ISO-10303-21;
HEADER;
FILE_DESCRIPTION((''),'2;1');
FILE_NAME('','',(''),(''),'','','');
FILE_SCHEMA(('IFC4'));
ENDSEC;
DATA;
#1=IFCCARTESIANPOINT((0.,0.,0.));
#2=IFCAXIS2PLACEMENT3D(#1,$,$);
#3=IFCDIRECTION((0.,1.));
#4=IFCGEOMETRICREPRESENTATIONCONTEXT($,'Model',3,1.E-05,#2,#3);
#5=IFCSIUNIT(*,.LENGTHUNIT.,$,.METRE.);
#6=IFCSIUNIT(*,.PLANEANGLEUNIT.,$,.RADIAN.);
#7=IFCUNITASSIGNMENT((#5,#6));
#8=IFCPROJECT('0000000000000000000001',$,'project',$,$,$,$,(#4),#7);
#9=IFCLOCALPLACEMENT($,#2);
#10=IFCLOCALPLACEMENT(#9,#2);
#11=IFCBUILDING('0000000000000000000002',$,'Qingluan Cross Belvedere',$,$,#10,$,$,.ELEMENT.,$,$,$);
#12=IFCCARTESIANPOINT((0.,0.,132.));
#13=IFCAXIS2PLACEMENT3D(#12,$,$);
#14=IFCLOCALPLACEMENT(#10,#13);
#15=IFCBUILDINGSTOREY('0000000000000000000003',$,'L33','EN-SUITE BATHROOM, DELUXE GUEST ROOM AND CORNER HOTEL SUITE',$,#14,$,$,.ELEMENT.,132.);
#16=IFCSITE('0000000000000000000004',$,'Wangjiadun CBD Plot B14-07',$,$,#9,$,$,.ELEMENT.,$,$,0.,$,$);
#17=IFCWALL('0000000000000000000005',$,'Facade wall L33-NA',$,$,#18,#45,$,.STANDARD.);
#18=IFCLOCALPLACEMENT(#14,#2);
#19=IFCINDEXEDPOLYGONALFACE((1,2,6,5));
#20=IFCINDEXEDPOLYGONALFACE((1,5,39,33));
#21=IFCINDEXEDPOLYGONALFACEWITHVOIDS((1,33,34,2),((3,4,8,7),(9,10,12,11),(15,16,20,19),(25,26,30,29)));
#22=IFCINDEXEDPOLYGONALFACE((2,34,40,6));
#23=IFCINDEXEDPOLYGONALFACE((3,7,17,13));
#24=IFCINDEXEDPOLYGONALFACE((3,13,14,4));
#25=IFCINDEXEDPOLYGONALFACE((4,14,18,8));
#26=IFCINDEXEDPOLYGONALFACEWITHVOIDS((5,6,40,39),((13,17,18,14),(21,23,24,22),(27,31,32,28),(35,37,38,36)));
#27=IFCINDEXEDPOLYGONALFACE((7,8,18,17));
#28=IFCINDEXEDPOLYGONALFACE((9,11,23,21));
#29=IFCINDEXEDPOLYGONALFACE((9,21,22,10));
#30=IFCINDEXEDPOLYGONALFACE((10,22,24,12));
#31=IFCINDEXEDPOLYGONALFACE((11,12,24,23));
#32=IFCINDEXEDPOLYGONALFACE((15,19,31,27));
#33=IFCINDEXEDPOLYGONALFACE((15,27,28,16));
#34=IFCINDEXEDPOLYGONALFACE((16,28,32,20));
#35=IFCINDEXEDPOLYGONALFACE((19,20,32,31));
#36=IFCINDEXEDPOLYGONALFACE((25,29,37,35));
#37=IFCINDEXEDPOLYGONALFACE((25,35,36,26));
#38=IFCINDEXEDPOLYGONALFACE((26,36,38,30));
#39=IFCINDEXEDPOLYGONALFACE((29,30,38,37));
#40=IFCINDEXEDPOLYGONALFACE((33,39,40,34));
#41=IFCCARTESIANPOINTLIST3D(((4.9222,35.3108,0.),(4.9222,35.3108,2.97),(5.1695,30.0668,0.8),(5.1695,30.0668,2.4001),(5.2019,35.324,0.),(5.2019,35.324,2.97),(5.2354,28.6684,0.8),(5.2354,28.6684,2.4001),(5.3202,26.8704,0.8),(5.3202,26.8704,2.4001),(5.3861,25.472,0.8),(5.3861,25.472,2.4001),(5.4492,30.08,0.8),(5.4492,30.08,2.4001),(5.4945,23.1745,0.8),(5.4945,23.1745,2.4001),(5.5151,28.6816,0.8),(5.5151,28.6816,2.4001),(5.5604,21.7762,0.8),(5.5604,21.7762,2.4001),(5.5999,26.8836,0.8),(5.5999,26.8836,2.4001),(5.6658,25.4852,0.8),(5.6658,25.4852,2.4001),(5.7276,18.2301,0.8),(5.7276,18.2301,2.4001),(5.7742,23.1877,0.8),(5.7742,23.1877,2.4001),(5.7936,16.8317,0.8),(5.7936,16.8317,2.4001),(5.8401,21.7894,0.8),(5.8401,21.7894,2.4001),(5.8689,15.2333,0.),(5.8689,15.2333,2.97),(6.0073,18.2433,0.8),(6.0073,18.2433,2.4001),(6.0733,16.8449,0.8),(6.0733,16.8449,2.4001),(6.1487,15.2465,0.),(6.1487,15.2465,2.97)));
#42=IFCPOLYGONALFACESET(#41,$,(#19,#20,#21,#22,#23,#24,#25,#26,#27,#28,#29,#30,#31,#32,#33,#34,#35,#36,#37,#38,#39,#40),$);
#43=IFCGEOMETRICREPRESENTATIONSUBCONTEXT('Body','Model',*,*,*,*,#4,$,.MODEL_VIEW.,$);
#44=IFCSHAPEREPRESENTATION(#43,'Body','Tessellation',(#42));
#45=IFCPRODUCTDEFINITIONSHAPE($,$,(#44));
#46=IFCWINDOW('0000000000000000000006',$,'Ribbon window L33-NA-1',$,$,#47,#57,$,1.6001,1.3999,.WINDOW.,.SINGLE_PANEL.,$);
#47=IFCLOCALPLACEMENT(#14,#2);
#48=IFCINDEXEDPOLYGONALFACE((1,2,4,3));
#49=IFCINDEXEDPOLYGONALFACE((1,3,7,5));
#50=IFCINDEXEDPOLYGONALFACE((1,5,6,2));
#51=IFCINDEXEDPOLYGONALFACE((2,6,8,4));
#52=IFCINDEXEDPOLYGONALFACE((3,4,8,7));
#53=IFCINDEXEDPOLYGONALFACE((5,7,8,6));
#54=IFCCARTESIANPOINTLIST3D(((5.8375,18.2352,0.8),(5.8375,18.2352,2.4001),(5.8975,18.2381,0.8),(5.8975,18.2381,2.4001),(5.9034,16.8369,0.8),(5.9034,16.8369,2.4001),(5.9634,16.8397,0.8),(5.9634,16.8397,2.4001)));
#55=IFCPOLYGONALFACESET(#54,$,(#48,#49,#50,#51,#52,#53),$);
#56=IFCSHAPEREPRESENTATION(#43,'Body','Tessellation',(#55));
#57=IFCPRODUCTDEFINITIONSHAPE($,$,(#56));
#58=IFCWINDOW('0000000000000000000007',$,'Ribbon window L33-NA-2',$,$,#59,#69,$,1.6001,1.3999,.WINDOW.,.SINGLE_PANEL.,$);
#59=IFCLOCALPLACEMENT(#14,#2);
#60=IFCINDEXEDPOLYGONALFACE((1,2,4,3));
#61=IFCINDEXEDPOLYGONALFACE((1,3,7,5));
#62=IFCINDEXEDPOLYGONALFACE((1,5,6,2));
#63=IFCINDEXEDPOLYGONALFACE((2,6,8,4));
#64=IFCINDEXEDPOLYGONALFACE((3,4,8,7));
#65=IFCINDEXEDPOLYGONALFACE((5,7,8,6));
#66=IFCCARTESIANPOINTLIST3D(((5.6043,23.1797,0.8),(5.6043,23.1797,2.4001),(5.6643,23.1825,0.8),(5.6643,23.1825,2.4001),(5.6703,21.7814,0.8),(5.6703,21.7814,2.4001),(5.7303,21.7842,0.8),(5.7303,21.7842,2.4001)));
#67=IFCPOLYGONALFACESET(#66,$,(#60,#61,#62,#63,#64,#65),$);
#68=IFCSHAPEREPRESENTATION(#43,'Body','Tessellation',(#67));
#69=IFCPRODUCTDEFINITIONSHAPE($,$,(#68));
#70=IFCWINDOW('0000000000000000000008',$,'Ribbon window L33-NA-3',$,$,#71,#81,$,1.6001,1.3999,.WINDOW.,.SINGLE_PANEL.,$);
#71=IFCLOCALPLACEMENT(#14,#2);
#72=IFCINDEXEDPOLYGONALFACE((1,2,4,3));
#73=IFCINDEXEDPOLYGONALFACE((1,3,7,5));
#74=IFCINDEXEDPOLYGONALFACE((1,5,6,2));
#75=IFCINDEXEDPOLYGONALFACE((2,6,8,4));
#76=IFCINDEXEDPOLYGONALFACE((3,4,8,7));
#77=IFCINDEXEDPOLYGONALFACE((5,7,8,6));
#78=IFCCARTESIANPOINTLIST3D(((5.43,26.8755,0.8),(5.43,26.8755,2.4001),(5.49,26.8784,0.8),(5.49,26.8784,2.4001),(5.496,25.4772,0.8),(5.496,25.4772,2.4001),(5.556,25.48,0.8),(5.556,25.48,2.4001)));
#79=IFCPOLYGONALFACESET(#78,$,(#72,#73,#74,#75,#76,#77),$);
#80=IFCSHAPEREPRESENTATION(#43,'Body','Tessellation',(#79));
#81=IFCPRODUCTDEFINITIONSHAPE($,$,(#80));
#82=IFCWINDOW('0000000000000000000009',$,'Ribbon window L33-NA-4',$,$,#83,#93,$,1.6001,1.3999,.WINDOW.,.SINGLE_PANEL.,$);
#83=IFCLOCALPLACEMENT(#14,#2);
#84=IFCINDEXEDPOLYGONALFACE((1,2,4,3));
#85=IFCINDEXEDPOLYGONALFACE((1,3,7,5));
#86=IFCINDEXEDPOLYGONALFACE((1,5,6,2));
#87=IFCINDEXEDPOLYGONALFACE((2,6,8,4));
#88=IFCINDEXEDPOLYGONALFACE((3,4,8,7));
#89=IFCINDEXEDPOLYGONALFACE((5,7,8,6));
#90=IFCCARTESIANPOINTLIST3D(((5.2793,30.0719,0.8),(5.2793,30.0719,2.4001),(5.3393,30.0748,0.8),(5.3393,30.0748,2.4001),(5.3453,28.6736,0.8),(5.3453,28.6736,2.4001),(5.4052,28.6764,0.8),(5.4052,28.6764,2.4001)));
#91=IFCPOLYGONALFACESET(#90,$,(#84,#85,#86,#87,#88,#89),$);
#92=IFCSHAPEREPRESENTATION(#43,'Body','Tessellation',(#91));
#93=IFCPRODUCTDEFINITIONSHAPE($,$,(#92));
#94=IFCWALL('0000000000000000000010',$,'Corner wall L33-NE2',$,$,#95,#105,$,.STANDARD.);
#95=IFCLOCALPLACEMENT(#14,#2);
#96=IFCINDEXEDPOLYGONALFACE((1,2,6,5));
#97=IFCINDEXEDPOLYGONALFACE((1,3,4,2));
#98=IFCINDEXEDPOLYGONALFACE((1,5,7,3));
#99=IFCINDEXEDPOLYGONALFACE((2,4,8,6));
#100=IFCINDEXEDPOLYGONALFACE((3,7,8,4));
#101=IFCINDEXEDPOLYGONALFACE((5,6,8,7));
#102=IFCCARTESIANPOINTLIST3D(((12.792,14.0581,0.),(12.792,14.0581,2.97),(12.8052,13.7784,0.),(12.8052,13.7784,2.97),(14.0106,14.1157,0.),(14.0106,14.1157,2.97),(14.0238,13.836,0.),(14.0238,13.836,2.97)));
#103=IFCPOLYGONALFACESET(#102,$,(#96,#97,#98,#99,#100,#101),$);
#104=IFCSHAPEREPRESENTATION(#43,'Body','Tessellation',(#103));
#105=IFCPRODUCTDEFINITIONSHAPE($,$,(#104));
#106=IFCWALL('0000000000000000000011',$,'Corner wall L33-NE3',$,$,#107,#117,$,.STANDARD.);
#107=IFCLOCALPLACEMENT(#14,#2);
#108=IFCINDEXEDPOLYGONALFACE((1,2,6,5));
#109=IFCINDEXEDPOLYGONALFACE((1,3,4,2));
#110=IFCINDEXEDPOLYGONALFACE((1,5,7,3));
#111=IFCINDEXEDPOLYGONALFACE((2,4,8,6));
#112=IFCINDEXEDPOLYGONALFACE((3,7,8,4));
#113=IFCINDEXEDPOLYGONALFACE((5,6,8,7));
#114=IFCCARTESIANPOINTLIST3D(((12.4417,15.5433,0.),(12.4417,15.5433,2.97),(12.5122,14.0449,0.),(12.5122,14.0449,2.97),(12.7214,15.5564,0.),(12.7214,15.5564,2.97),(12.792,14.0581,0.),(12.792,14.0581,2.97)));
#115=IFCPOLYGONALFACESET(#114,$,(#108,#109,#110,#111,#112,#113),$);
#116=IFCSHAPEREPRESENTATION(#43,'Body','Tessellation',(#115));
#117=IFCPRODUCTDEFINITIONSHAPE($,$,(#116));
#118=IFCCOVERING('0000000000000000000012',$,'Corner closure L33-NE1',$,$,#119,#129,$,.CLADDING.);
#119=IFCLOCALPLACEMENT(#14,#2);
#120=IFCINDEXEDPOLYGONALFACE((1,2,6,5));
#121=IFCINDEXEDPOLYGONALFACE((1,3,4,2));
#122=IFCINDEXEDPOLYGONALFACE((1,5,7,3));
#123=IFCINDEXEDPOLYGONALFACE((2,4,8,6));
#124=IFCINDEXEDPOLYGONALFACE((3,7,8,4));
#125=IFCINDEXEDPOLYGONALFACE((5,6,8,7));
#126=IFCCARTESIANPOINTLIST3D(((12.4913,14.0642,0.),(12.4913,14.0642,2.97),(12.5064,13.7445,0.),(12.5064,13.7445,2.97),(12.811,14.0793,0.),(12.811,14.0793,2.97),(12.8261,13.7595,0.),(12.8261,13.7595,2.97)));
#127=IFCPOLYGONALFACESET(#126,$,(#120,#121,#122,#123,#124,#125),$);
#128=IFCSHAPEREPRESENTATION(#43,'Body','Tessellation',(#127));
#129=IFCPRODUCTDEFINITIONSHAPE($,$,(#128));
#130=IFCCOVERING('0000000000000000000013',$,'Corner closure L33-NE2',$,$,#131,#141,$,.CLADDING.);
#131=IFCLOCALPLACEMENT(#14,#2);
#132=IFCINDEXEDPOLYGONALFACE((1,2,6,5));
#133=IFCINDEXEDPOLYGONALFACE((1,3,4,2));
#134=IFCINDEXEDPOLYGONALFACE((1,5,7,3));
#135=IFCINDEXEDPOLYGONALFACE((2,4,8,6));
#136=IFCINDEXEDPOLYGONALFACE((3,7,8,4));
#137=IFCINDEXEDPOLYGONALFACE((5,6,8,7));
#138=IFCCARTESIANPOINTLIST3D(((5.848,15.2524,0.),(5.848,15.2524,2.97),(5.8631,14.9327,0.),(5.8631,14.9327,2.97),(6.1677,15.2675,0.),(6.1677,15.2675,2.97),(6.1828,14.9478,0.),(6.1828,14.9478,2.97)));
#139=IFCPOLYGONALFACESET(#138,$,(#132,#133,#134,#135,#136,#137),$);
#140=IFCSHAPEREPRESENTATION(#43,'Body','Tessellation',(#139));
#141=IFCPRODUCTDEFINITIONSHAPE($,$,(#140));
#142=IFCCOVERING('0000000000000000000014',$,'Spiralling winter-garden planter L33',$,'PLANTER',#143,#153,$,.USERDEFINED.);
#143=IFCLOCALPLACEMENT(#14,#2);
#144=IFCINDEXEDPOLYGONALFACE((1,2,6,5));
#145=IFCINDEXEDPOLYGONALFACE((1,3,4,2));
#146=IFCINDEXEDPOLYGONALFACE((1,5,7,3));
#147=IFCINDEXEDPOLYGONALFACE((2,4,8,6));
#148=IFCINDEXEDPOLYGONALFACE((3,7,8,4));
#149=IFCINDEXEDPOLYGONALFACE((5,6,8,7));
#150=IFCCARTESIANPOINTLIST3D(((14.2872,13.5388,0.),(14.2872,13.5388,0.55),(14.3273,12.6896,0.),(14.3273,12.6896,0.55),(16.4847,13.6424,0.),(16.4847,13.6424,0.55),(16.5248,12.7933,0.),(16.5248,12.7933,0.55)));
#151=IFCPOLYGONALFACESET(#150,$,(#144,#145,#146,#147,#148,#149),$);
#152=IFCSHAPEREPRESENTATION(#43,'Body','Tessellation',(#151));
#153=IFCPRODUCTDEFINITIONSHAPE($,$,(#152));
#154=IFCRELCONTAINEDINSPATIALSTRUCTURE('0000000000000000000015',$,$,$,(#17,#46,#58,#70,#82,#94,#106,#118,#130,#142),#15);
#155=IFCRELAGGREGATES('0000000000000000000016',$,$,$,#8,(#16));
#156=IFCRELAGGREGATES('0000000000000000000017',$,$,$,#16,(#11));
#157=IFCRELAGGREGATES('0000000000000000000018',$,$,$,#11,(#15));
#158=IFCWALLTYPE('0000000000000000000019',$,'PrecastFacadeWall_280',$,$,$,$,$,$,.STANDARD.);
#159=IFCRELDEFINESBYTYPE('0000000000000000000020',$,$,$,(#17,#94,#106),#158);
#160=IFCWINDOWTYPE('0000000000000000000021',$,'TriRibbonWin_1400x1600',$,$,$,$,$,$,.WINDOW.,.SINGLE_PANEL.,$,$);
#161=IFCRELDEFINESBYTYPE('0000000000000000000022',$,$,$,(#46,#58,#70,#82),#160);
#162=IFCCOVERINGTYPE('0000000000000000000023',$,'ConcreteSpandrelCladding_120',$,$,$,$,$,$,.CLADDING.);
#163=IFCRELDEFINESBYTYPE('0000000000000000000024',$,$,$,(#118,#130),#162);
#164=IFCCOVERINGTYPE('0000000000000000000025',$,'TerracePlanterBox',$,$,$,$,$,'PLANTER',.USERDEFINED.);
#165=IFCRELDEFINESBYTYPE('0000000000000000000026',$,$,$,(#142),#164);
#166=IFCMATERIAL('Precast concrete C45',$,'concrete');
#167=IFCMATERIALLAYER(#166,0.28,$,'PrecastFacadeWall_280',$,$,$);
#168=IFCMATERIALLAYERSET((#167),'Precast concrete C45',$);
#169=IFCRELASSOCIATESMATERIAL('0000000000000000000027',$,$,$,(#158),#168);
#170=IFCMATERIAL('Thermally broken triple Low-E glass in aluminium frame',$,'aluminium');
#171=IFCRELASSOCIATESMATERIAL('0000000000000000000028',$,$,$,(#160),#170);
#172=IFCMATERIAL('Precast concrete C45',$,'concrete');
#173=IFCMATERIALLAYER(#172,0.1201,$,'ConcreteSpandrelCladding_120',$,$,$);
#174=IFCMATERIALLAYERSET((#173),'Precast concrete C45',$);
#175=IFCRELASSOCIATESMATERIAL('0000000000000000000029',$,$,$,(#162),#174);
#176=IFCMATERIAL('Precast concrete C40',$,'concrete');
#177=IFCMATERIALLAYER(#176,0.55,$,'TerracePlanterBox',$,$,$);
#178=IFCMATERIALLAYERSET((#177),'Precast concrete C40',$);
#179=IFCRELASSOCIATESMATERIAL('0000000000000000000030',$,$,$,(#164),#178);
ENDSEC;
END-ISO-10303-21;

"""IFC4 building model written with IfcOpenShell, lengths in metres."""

from ifc_helpers import new_model, si_unit, direction, frame, frame_2d, origin, origin_2d, place, context, subcontext, project, spatial, rectangle, extrude, material, layer, layer_set, type_object, element, fill, save


model = new_model("IFC4")

# Units and contexts
model_context = context("Model", 3, precision=1e-05, world=origin(), true_north=direction((0.0, 1.0)))
body_context = subcontext(model_context, "Body", "Model", "MODEL_VIEW")
ifc_project = project(units=[si_unit("LENGTHUNIT", "METRE"), si_unit("PLANEANGLEUNIT", "RADIAN")], contexts=[model_context])

# Site, building, storey
site_placement = place(None, origin())
site = spatial("IfcSite", under=ifc_project, at=site_placement, Name="Wangjiadun CBD Plot B14-07", CompositionType="ELEMENT", RefElevation=0.0)
building_placement = place(site_placement, origin())
building = spatial("IfcBuilding", under=site, at=building_placement, Name="Qingluan Cross Belvedere", CompositionType="ELEMENT")
storey_placement = place(building_placement, frame((0.0, 0.0, 132.0)))
storey = spatial("IfcBuildingStorey", under=building, at=storey_placement, Name="L33", Description="EN-SUITE BATHROOM, DELUXE GUEST ROOM AND CORNER HOTEL SUITE", CompositionType="ELEMENT", Elevation=132.0)

# Wall, openings, windows
ifc_material_1 = material(Name="Precast concrete C45", Category="concrete")
ifc_layer_1 = layer(ifc_material_1, 0.28, Name="PrecastFacadeWall_280")
ifc_layer_set_1 = layer_set([ifc_layer_1], Name="Precast concrete C45")
wall_type_1 = type_object("IfcWallType", Name="PrecastFacadeWall_280", PredefinedType="STANDARD", material=ifc_layer_set_1)
wall_1_placement = place(storey_placement, frame((6.0088, 15.24, 0.0), z_axis=(0.0, 0.0, 1.0), x_axis=(-0.047103, 0.99889, 0.0)))
wall_1 = element("IfcWall", 1, at=wall_1_placement, inside=storey, type_object=wall_type_1, Name="Facade wall L33-NA", PredefinedType="STANDARD", context=body_context, shape_type="SweptSolid", body=[
    extrude(rectangle(XDim=20.0999, YDim=0.28, at=frame_2d((10.0498, 0.0))), origin(), (0.0, 0.0, 1.0), 2.97),
])
opening_1_placement = place(wall_1_placement, frame((1.6001, 0.0, 0.8)))
opening_1 = element("IfcOpeningElement", 2, at=opening_1_placement, cuts=wall_1, PredefinedType="OPENING", context=body_context, shape_type="SweptSolid", body=[
    extrude(rectangle(XDim=1.3999, YDim=1.6001, at=frame_2d((0.7, 0.8))), frame((0.0, 0.1499, 0.0), z_axis=(0.0, -1.0, 0.0), x_axis=(1.0, 0.0, 0.0)), (0.0, 0.0, 1.0), 0.3),
])
opening_2_placement = place(wall_1_placement, frame((6.55, 0.0, 0.8)))
opening_2 = element("IfcOpeningElement", 3, at=opening_2_placement, cuts=wall_1, PredefinedType="OPENING", context=body_context, shape_type="SweptSolid", body=[
    extrude(rectangle(XDim=1.3999, YDim=1.6001, at=frame_2d((0.7, 0.8))), frame((0.0, 0.1499, 0.0), z_axis=(0.0, -1.0, 0.0), x_axis=(1.0, 0.0, 0.0)), (0.0, 0.0, 1.0), 0.3),
])
opening_3_placement = place(wall_1_placement, frame((10.25, 0.0, 0.8)))
opening_3 = element("IfcOpeningElement", 4, at=opening_3_placement, cuts=wall_1, PredefinedType="OPENING", context=body_context, shape_type="SweptSolid", body=[
    extrude(rectangle(XDim=1.3999, YDim=1.6001, at=frame_2d((0.7, 0.8))), frame((0.0, 0.1499, 0.0), z_axis=(0.0, -1.0, 0.0), x_axis=(1.0, 0.0, 0.0)), (0.0, 0.0, 1.0), 0.3),
])
opening_4_placement = place(wall_1_placement, frame((13.45, 0.0, 0.8)))
opening_4 = element("IfcOpeningElement", 5, at=opening_4_placement, cuts=wall_1, PredefinedType="OPENING", context=body_context, shape_type="SweptSolid", body=[
    extrude(rectangle(XDim=1.3999, YDim=1.6001, at=frame_2d((0.7, 0.8))), frame((0.0, 0.1499, 0.0), z_axis=(0.0, -1.0, 0.0), x_axis=(1.0, 0.0, 0.0)), (0.0, 0.0, 1.0), 0.3),
])
ifc_material_2 = material(Name="Thermally broken triple Low-E glass in aluminium frame", Category="aluminium")
window_type = type_object("IfcWindowType", Name="TriRibbonWin_1400x1600", PartitioningType="SINGLE_PANEL", PredefinedType="WINDOW", material=ifc_material_2)
window_1_placement = place(opening_1_placement, origin())
window_1 = element("IfcWindow", 6, at=window_1_placement, inside=storey, type_object=window_type, Name="Ribbon window L33-NA-1", OverallHeight=1.6001, OverallWidth=1.3999, PartitioningType="SINGLE_PANEL", PredefinedType="WINDOW", context=body_context, shape_type="SweptSolid", body=[
    extrude(rectangle(XDim=1.3999, YDim=1.6001, at=frame_2d((0.7, 0.8))), frame((0.0, 0.03, 0.0), z_axis=(0.0, -1.0, 0.0), x_axis=(1.0, 0.0, 0.0)), (0.0, 0.0, 1.0), 0.0601),
])
fill(opening_1, window_1)
window_2_placement = place(opening_2_placement, origin())
window_2 = element("IfcWindow", 7, at=window_2_placement, inside=storey, type_object=window_type, Name="Ribbon window L33-NA-2", OverallHeight=1.6001, OverallWidth=1.3999, PartitioningType="SINGLE_PANEL", PredefinedType="WINDOW", context=body_context, shape_type="SweptSolid", body=[
    extrude(rectangle(XDim=1.3999, YDim=1.6001, at=frame_2d((0.7, 0.8))), frame((0.0, 0.03, 0.0), z_axis=(0.0, -1.0, 0.0), x_axis=(1.0, 0.0, 0.0)), (0.0, 0.0, 1.0), 0.0601),
])
fill(opening_2, window_2)
window_3_placement = place(opening_3_placement, origin())
window_3 = element("IfcWindow", 8, at=window_3_placement, inside=storey, type_object=window_type, Name="Ribbon window L33-NA-3", OverallHeight=1.6001, OverallWidth=1.3999, PartitioningType="SINGLE_PANEL", PredefinedType="WINDOW", context=body_context, shape_type="SweptSolid", body=[
    extrude(rectangle(XDim=1.3999, YDim=1.6001, at=frame_2d((0.7, 0.8))), frame((0.0, 0.03, 0.0), z_axis=(0.0, -1.0, 0.0), x_axis=(1.0, 0.0, 0.0)), (0.0, 0.0, 1.0), 0.0601),
])
fill(opening_3, window_3)
window_4_placement = place(opening_4_placement, origin())
window_4 = element("IfcWindow", 9, at=window_4_placement, inside=storey, type_object=window_type, Name="Ribbon window L33-NA-4", OverallHeight=1.6001, OverallWidth=1.3999, PartitioningType="SINGLE_PANEL", PredefinedType="WINDOW", context=body_context, shape_type="SweptSolid", body=[
    extrude(rectangle(XDim=1.3999, YDim=1.6001, at=frame_2d((0.7, 0.8))), frame((0.0, 0.03, 0.0), z_axis=(0.0, -1.0, 0.0), x_axis=(1.0, 0.0, 0.0)), (0.0, 0.0, 1.0), 0.0601),
])
fill(opening_4, window_4)

# Walls
wall_2_placement = place(storey_placement, frame((14.0171, 13.9758, 0.0), z_axis=(0.0, 0.0, 1.0), x_axis=(-0.998884, -0.047232, 0.0)))
element("IfcWall", 10, at=wall_2_placement, inside=storey, type_object=wall_type_1, Name="Corner wall L33-NE2", PredefinedType="STANDARD", context=body_context, shape_type="SweptSolid", body=[
    extrude(rectangle(XDim=1.22, YDim=0.28, at=frame_2d((0.6099, 0.0))), origin(), (0.0, 0.0, 1.0), 2.97),
])
wall_3_placement = place(storey_placement, frame((12.6521, 14.0515, 0.0), z_axis=(0.0, 0.0, 1.0), x_axis=(-0.047039, 0.998893, 0.0)))
element("IfcWall", 11, at=wall_3_placement, inside=storey, type_object=wall_type_1, Name="Corner wall L33-NE3", PredefinedType="STANDARD", context=body_context, shape_type="SweptSolid", body=[
    extrude(rectangle(XDim=1.5, YDim=0.28, at=frame_2d((0.75, 0.0))), origin(), (0.0, 0.0, 1.0), 2.97),
])

# Coverings
ifc_material_3 = material(Name="Precast concrete C45", Category="concrete")
ifc_layer_2 = layer(ifc_material_3, 0.1201, Name="ConcreteSpandrelCladding_120")
ifc_layer_set_2 = layer_set([ifc_layer_2], Name="Precast concrete C45")
covering_type_1 = type_object("IfcCoveringType", Name="ConcreteSpandrelCladding_120", PredefinedType="CLADDING", material=ifc_layer_set_2)
for number, where, z_axis, x_axis, name in (
    (12, (12.6587, 13.9119, 0.0), (0.0, 0.0, 1.0), (0.99889, 0.047106, 0.0), "Corner closure L33-NE1"),
    (13, (6.0154, 15.1001, 0.0), (0.0, 0.0, 1.0), (0.99889, 0.047106, 0.0), "Corner closure L33-NE2"),
):
    element("IfcCovering", number, at=place(storey_placement, frame(where, z_axis=z_axis, x_axis=x_axis)), inside=storey, type_object=covering_type_1, Name=name, PredefinedType="CLADDING", context=body_context, shape_type="SweptSolid", body=[
        extrude(rectangle(XDim=0.3201, YDim=0.3201, at=origin_2d()), origin(), (0.0, 0.0, 1.0), 2.97),
    ])
ifc_material_4 = material(Name="Precast concrete C40", Category="concrete")
ifc_layer_3 = layer(ifc_material_4, 0.55, Name="TerracePlanterBox")
ifc_layer_set_3 = layer_set([ifc_layer_3], Name="Precast concrete C40")
covering_type_2 = type_object("IfcCoveringType", Name="TerracePlanterBox", ElementType="PLANTER", PredefinedType="USERDEFINED", material=ifc_layer_set_3)
covering_placement = place(storey_placement, frame((15.406, 13.166, 0.0), z_axis=(0.0, 0.0, 1.0), x_axis=(0.99889, 0.047106, 0.0)))
element("IfcCovering", 14, at=covering_placement, inside=storey, type_object=covering_type_2, Name="Spiralling winter-garden planter L33", ObjectType="PLANTER", PredefinedType="USERDEFINED", context=body_context, shape_type="SweptSolid", body=[
    extrude(rectangle(XDim=2.2, YDim=0.8501, at=origin_2d()), origin(), (0.0, 0.0, 1.0), 0.55),
])

save(model, "model.ifc")
